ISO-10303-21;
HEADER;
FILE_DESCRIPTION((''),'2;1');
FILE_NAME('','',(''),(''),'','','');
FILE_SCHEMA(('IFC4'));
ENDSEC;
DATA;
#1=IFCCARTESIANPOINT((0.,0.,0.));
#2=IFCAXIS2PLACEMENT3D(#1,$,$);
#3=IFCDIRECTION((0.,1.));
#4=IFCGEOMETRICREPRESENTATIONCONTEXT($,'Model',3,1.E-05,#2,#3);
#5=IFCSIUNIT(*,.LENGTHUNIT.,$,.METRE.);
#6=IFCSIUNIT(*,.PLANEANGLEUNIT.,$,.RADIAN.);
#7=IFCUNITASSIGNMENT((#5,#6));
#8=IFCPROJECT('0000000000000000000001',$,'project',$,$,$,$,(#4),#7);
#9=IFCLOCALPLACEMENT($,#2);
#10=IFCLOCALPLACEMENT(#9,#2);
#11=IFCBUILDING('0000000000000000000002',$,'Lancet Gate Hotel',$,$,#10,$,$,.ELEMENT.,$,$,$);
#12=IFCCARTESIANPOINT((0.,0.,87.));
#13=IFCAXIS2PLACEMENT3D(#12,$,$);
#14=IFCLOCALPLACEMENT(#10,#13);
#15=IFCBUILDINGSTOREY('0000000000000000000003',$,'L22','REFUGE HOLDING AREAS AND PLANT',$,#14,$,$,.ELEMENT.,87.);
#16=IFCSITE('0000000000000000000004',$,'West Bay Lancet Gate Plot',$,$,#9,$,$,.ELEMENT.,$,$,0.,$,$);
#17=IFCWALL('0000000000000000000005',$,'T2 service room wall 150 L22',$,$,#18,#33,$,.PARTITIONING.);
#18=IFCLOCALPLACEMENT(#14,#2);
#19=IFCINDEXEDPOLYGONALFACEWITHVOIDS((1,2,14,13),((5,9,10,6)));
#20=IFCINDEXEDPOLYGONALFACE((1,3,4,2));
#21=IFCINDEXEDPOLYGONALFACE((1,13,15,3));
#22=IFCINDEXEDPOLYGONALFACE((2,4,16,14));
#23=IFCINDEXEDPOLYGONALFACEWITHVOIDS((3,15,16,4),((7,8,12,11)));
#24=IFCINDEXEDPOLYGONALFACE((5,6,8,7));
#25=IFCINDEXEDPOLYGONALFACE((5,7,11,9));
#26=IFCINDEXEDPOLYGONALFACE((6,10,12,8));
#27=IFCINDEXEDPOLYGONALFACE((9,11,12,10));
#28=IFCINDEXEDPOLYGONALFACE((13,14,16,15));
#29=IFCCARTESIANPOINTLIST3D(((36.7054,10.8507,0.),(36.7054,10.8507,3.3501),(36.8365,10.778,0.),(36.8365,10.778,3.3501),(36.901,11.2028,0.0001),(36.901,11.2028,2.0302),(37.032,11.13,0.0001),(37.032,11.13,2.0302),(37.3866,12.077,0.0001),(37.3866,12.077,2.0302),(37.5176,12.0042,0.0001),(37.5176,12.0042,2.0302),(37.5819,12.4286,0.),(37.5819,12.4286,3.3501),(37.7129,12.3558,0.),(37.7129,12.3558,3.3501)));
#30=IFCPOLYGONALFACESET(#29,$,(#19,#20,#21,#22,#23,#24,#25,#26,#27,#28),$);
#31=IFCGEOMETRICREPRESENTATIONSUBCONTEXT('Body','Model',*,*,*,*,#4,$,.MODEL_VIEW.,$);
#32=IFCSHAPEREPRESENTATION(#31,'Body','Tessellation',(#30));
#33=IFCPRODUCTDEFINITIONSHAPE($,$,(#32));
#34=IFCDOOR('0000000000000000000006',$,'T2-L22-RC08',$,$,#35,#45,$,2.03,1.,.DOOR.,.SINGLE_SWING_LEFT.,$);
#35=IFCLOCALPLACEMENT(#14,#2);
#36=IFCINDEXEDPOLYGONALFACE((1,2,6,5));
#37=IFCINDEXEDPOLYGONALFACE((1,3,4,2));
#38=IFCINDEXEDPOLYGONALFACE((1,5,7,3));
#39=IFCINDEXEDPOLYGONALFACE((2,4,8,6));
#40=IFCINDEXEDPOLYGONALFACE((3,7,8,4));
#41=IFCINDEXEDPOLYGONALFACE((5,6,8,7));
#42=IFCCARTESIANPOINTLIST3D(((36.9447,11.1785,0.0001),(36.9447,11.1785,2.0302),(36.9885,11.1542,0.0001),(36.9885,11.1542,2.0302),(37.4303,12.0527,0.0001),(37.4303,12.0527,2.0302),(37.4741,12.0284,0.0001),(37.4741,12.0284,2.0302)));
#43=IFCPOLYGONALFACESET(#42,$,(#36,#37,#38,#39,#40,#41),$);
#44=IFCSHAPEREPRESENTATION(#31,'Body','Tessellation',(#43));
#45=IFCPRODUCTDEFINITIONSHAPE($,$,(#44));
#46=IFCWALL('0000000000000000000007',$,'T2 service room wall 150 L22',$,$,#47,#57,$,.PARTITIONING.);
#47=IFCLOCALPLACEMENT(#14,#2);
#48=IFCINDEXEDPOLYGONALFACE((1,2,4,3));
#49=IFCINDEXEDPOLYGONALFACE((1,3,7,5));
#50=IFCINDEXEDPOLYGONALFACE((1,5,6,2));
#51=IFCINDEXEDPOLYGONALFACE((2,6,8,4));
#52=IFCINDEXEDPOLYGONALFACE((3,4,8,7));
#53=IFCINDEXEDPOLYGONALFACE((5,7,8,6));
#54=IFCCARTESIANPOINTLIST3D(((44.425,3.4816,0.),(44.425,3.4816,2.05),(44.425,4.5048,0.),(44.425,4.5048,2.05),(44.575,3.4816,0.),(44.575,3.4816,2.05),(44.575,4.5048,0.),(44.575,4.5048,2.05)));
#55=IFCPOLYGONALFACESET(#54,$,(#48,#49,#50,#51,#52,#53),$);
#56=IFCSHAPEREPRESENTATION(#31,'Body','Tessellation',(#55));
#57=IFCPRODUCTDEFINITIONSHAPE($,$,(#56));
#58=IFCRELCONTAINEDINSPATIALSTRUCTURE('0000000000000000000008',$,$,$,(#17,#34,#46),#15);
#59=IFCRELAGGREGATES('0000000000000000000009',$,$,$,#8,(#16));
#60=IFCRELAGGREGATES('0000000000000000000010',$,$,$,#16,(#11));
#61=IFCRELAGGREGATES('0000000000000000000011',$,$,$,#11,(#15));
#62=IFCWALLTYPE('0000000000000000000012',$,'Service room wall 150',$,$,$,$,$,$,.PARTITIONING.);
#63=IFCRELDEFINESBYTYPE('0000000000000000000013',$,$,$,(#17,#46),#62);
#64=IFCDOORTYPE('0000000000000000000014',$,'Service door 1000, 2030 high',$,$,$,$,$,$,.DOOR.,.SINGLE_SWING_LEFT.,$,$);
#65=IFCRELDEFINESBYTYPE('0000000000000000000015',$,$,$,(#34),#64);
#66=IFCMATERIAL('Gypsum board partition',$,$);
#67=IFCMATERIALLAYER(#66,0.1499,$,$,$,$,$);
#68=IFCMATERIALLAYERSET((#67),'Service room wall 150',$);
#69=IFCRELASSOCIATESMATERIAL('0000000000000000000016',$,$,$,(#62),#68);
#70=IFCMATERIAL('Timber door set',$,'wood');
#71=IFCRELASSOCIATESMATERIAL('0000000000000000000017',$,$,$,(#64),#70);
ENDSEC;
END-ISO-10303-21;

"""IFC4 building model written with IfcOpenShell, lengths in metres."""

from ifc_helpers import new_model, si_unit, direction, frame, frame_2d, origin, place, context, subcontext, project, spatial, rectangle, extrude, material, layer, layer_set, type_object, element, fill, save


model = new_model("IFC4")

# Units and contexts
model_context = context("Model", 3, precision=1e-05, world=origin(), true_north=direction((0.0, 1.0)))
body_context = subcontext(model_context, "Body", "Model", "MODEL_VIEW")
ifc_project = project(units=[si_unit("LENGTHUNIT", "METRE"), si_unit("PLANEANGLEUNIT", "RADIAN")], contexts=[model_context])

# Site, building, storey
site_placement = place(None, origin())
site = spatial("IfcSite", under=ifc_project, at=site_placement, Name="West Bay Lancet Gate Plot", CompositionType="ELEMENT", RefElevation=0.0)
building_placement = place(site_placement, origin())
building = spatial("IfcBuilding", under=site, at=building_placement, Name="Lancet Gate Hotel", CompositionType="ELEMENT")
storey_placement = place(building_placement, frame((0.0, 0.0, 87.0)))
storey = spatial("IfcBuildingStorey", under=building, at=storey_placement, Name="L22", Description="REFUGE HOLDING AREAS AND PLANT", CompositionType="ELEMENT", Elevation=87.0)

# Wall, opening, door
ifc_material_1 = material(Name="Gypsum board partition")
ifc_layer_1 = layer(ifc_material_1, 0.1499)
ifc_layer_set_1 = layer_set([ifc_layer_1], Name="Service room wall 150")
wall_type_1 = type_object("IfcWallType", Name="Service room wall 150", PredefinedType="PARTITIONING", material=ifc_layer_set_1)
wall_1_placement = place(storey_placement, frame((36.771, 10.8145, 0.0), z_axis=(0.0, 0.0, 1.0), x_axis=(0.485586, 0.874189, 0.0)))
wall_1 = element("IfcWall", 1, at=wall_1_placement, inside=storey, type_object=wall_type_1, Name="T2 service room wall 150 L22", PredefinedType="PARTITIONING", context=body_context, shape_type="SweptSolid", body=[
    extrude(rectangle(XDim=1.8049, YDim=0.1499, at=frame_2d((0.9023, 0.0))), origin(), (0.0, 0.0, 1.0), 3.3501),
])
opening_1_placement = place(wall_1_placement, frame((0.4026, 0.0, 0.0)))
opening_1 = element("IfcOpeningElement", 2, at=opening_1_placement, cuts=wall_1, PredefinedType="OPENING", context=body_context, shape_type="SweptSolid", body=[
    extrude(rectangle(XDim=1.0, YDim=2.03, at=frame_2d((0.5, 1.0151))), frame((0.0, 0.085, 0.0), z_axis=(0.0, -1.0, 0.0), x_axis=(1.0, 0.0, 0.0)), (0.0, 0.0, 1.0), 0.1699),
])
ifc_material_2 = material(Name="Timber door set", Category="wood")
door_type_1 = type_object("IfcDoorType", Name="Service door 1000, 2030 high", OperationType="SINGLE_SWING_LEFT", PredefinedType="DOOR", material=ifc_material_2)
door_1_placement = place(opening_1_placement, origin())
door_1 = element("IfcDoor", 3, at=door_1_placement, inside=storey, type_object=door_type_1, Name="T2-L22-RC08", OperationType="SINGLE_SWING_LEFT", OverallHeight=2.03, OverallWidth=1.0, PredefinedType="DOOR", context=body_context, shape_type="SweptSolid", body=[
    extrude(rectangle(XDim=1.0, YDim=2.03, at=frame_2d((0.5, 1.0151))), frame((0.0, 0.0249, 0.0), z_axis=(0.0, -1.0, 0.0), x_axis=(1.0, 0.0, 0.0)), (0.0, 0.0, 1.0), 0.05),
])
fill(opening_1, door_1)

# Wall
wall_2_placement = place(storey_placement, frame((44.5, 3.4814, 0.0), z_axis=(0.0, 0.0, 1.0), x_axis=(0.0, 1.0, 0.0)))
element("IfcWall", 4, at=wall_2_placement, inside=storey, type_object=wall_type_1, Name="T2 service room wall 150 L22", PredefinedType="PARTITIONING", context=body_context, shape_type="SweptSolid", body=[
    extrude(rectangle(XDim=1.0232, YDim=0.1499, at=frame_2d((0.5117, 0.0))), origin(), (0.0, 0.0, 1.0), 2.05),
])

save(model, "model.ifc")
